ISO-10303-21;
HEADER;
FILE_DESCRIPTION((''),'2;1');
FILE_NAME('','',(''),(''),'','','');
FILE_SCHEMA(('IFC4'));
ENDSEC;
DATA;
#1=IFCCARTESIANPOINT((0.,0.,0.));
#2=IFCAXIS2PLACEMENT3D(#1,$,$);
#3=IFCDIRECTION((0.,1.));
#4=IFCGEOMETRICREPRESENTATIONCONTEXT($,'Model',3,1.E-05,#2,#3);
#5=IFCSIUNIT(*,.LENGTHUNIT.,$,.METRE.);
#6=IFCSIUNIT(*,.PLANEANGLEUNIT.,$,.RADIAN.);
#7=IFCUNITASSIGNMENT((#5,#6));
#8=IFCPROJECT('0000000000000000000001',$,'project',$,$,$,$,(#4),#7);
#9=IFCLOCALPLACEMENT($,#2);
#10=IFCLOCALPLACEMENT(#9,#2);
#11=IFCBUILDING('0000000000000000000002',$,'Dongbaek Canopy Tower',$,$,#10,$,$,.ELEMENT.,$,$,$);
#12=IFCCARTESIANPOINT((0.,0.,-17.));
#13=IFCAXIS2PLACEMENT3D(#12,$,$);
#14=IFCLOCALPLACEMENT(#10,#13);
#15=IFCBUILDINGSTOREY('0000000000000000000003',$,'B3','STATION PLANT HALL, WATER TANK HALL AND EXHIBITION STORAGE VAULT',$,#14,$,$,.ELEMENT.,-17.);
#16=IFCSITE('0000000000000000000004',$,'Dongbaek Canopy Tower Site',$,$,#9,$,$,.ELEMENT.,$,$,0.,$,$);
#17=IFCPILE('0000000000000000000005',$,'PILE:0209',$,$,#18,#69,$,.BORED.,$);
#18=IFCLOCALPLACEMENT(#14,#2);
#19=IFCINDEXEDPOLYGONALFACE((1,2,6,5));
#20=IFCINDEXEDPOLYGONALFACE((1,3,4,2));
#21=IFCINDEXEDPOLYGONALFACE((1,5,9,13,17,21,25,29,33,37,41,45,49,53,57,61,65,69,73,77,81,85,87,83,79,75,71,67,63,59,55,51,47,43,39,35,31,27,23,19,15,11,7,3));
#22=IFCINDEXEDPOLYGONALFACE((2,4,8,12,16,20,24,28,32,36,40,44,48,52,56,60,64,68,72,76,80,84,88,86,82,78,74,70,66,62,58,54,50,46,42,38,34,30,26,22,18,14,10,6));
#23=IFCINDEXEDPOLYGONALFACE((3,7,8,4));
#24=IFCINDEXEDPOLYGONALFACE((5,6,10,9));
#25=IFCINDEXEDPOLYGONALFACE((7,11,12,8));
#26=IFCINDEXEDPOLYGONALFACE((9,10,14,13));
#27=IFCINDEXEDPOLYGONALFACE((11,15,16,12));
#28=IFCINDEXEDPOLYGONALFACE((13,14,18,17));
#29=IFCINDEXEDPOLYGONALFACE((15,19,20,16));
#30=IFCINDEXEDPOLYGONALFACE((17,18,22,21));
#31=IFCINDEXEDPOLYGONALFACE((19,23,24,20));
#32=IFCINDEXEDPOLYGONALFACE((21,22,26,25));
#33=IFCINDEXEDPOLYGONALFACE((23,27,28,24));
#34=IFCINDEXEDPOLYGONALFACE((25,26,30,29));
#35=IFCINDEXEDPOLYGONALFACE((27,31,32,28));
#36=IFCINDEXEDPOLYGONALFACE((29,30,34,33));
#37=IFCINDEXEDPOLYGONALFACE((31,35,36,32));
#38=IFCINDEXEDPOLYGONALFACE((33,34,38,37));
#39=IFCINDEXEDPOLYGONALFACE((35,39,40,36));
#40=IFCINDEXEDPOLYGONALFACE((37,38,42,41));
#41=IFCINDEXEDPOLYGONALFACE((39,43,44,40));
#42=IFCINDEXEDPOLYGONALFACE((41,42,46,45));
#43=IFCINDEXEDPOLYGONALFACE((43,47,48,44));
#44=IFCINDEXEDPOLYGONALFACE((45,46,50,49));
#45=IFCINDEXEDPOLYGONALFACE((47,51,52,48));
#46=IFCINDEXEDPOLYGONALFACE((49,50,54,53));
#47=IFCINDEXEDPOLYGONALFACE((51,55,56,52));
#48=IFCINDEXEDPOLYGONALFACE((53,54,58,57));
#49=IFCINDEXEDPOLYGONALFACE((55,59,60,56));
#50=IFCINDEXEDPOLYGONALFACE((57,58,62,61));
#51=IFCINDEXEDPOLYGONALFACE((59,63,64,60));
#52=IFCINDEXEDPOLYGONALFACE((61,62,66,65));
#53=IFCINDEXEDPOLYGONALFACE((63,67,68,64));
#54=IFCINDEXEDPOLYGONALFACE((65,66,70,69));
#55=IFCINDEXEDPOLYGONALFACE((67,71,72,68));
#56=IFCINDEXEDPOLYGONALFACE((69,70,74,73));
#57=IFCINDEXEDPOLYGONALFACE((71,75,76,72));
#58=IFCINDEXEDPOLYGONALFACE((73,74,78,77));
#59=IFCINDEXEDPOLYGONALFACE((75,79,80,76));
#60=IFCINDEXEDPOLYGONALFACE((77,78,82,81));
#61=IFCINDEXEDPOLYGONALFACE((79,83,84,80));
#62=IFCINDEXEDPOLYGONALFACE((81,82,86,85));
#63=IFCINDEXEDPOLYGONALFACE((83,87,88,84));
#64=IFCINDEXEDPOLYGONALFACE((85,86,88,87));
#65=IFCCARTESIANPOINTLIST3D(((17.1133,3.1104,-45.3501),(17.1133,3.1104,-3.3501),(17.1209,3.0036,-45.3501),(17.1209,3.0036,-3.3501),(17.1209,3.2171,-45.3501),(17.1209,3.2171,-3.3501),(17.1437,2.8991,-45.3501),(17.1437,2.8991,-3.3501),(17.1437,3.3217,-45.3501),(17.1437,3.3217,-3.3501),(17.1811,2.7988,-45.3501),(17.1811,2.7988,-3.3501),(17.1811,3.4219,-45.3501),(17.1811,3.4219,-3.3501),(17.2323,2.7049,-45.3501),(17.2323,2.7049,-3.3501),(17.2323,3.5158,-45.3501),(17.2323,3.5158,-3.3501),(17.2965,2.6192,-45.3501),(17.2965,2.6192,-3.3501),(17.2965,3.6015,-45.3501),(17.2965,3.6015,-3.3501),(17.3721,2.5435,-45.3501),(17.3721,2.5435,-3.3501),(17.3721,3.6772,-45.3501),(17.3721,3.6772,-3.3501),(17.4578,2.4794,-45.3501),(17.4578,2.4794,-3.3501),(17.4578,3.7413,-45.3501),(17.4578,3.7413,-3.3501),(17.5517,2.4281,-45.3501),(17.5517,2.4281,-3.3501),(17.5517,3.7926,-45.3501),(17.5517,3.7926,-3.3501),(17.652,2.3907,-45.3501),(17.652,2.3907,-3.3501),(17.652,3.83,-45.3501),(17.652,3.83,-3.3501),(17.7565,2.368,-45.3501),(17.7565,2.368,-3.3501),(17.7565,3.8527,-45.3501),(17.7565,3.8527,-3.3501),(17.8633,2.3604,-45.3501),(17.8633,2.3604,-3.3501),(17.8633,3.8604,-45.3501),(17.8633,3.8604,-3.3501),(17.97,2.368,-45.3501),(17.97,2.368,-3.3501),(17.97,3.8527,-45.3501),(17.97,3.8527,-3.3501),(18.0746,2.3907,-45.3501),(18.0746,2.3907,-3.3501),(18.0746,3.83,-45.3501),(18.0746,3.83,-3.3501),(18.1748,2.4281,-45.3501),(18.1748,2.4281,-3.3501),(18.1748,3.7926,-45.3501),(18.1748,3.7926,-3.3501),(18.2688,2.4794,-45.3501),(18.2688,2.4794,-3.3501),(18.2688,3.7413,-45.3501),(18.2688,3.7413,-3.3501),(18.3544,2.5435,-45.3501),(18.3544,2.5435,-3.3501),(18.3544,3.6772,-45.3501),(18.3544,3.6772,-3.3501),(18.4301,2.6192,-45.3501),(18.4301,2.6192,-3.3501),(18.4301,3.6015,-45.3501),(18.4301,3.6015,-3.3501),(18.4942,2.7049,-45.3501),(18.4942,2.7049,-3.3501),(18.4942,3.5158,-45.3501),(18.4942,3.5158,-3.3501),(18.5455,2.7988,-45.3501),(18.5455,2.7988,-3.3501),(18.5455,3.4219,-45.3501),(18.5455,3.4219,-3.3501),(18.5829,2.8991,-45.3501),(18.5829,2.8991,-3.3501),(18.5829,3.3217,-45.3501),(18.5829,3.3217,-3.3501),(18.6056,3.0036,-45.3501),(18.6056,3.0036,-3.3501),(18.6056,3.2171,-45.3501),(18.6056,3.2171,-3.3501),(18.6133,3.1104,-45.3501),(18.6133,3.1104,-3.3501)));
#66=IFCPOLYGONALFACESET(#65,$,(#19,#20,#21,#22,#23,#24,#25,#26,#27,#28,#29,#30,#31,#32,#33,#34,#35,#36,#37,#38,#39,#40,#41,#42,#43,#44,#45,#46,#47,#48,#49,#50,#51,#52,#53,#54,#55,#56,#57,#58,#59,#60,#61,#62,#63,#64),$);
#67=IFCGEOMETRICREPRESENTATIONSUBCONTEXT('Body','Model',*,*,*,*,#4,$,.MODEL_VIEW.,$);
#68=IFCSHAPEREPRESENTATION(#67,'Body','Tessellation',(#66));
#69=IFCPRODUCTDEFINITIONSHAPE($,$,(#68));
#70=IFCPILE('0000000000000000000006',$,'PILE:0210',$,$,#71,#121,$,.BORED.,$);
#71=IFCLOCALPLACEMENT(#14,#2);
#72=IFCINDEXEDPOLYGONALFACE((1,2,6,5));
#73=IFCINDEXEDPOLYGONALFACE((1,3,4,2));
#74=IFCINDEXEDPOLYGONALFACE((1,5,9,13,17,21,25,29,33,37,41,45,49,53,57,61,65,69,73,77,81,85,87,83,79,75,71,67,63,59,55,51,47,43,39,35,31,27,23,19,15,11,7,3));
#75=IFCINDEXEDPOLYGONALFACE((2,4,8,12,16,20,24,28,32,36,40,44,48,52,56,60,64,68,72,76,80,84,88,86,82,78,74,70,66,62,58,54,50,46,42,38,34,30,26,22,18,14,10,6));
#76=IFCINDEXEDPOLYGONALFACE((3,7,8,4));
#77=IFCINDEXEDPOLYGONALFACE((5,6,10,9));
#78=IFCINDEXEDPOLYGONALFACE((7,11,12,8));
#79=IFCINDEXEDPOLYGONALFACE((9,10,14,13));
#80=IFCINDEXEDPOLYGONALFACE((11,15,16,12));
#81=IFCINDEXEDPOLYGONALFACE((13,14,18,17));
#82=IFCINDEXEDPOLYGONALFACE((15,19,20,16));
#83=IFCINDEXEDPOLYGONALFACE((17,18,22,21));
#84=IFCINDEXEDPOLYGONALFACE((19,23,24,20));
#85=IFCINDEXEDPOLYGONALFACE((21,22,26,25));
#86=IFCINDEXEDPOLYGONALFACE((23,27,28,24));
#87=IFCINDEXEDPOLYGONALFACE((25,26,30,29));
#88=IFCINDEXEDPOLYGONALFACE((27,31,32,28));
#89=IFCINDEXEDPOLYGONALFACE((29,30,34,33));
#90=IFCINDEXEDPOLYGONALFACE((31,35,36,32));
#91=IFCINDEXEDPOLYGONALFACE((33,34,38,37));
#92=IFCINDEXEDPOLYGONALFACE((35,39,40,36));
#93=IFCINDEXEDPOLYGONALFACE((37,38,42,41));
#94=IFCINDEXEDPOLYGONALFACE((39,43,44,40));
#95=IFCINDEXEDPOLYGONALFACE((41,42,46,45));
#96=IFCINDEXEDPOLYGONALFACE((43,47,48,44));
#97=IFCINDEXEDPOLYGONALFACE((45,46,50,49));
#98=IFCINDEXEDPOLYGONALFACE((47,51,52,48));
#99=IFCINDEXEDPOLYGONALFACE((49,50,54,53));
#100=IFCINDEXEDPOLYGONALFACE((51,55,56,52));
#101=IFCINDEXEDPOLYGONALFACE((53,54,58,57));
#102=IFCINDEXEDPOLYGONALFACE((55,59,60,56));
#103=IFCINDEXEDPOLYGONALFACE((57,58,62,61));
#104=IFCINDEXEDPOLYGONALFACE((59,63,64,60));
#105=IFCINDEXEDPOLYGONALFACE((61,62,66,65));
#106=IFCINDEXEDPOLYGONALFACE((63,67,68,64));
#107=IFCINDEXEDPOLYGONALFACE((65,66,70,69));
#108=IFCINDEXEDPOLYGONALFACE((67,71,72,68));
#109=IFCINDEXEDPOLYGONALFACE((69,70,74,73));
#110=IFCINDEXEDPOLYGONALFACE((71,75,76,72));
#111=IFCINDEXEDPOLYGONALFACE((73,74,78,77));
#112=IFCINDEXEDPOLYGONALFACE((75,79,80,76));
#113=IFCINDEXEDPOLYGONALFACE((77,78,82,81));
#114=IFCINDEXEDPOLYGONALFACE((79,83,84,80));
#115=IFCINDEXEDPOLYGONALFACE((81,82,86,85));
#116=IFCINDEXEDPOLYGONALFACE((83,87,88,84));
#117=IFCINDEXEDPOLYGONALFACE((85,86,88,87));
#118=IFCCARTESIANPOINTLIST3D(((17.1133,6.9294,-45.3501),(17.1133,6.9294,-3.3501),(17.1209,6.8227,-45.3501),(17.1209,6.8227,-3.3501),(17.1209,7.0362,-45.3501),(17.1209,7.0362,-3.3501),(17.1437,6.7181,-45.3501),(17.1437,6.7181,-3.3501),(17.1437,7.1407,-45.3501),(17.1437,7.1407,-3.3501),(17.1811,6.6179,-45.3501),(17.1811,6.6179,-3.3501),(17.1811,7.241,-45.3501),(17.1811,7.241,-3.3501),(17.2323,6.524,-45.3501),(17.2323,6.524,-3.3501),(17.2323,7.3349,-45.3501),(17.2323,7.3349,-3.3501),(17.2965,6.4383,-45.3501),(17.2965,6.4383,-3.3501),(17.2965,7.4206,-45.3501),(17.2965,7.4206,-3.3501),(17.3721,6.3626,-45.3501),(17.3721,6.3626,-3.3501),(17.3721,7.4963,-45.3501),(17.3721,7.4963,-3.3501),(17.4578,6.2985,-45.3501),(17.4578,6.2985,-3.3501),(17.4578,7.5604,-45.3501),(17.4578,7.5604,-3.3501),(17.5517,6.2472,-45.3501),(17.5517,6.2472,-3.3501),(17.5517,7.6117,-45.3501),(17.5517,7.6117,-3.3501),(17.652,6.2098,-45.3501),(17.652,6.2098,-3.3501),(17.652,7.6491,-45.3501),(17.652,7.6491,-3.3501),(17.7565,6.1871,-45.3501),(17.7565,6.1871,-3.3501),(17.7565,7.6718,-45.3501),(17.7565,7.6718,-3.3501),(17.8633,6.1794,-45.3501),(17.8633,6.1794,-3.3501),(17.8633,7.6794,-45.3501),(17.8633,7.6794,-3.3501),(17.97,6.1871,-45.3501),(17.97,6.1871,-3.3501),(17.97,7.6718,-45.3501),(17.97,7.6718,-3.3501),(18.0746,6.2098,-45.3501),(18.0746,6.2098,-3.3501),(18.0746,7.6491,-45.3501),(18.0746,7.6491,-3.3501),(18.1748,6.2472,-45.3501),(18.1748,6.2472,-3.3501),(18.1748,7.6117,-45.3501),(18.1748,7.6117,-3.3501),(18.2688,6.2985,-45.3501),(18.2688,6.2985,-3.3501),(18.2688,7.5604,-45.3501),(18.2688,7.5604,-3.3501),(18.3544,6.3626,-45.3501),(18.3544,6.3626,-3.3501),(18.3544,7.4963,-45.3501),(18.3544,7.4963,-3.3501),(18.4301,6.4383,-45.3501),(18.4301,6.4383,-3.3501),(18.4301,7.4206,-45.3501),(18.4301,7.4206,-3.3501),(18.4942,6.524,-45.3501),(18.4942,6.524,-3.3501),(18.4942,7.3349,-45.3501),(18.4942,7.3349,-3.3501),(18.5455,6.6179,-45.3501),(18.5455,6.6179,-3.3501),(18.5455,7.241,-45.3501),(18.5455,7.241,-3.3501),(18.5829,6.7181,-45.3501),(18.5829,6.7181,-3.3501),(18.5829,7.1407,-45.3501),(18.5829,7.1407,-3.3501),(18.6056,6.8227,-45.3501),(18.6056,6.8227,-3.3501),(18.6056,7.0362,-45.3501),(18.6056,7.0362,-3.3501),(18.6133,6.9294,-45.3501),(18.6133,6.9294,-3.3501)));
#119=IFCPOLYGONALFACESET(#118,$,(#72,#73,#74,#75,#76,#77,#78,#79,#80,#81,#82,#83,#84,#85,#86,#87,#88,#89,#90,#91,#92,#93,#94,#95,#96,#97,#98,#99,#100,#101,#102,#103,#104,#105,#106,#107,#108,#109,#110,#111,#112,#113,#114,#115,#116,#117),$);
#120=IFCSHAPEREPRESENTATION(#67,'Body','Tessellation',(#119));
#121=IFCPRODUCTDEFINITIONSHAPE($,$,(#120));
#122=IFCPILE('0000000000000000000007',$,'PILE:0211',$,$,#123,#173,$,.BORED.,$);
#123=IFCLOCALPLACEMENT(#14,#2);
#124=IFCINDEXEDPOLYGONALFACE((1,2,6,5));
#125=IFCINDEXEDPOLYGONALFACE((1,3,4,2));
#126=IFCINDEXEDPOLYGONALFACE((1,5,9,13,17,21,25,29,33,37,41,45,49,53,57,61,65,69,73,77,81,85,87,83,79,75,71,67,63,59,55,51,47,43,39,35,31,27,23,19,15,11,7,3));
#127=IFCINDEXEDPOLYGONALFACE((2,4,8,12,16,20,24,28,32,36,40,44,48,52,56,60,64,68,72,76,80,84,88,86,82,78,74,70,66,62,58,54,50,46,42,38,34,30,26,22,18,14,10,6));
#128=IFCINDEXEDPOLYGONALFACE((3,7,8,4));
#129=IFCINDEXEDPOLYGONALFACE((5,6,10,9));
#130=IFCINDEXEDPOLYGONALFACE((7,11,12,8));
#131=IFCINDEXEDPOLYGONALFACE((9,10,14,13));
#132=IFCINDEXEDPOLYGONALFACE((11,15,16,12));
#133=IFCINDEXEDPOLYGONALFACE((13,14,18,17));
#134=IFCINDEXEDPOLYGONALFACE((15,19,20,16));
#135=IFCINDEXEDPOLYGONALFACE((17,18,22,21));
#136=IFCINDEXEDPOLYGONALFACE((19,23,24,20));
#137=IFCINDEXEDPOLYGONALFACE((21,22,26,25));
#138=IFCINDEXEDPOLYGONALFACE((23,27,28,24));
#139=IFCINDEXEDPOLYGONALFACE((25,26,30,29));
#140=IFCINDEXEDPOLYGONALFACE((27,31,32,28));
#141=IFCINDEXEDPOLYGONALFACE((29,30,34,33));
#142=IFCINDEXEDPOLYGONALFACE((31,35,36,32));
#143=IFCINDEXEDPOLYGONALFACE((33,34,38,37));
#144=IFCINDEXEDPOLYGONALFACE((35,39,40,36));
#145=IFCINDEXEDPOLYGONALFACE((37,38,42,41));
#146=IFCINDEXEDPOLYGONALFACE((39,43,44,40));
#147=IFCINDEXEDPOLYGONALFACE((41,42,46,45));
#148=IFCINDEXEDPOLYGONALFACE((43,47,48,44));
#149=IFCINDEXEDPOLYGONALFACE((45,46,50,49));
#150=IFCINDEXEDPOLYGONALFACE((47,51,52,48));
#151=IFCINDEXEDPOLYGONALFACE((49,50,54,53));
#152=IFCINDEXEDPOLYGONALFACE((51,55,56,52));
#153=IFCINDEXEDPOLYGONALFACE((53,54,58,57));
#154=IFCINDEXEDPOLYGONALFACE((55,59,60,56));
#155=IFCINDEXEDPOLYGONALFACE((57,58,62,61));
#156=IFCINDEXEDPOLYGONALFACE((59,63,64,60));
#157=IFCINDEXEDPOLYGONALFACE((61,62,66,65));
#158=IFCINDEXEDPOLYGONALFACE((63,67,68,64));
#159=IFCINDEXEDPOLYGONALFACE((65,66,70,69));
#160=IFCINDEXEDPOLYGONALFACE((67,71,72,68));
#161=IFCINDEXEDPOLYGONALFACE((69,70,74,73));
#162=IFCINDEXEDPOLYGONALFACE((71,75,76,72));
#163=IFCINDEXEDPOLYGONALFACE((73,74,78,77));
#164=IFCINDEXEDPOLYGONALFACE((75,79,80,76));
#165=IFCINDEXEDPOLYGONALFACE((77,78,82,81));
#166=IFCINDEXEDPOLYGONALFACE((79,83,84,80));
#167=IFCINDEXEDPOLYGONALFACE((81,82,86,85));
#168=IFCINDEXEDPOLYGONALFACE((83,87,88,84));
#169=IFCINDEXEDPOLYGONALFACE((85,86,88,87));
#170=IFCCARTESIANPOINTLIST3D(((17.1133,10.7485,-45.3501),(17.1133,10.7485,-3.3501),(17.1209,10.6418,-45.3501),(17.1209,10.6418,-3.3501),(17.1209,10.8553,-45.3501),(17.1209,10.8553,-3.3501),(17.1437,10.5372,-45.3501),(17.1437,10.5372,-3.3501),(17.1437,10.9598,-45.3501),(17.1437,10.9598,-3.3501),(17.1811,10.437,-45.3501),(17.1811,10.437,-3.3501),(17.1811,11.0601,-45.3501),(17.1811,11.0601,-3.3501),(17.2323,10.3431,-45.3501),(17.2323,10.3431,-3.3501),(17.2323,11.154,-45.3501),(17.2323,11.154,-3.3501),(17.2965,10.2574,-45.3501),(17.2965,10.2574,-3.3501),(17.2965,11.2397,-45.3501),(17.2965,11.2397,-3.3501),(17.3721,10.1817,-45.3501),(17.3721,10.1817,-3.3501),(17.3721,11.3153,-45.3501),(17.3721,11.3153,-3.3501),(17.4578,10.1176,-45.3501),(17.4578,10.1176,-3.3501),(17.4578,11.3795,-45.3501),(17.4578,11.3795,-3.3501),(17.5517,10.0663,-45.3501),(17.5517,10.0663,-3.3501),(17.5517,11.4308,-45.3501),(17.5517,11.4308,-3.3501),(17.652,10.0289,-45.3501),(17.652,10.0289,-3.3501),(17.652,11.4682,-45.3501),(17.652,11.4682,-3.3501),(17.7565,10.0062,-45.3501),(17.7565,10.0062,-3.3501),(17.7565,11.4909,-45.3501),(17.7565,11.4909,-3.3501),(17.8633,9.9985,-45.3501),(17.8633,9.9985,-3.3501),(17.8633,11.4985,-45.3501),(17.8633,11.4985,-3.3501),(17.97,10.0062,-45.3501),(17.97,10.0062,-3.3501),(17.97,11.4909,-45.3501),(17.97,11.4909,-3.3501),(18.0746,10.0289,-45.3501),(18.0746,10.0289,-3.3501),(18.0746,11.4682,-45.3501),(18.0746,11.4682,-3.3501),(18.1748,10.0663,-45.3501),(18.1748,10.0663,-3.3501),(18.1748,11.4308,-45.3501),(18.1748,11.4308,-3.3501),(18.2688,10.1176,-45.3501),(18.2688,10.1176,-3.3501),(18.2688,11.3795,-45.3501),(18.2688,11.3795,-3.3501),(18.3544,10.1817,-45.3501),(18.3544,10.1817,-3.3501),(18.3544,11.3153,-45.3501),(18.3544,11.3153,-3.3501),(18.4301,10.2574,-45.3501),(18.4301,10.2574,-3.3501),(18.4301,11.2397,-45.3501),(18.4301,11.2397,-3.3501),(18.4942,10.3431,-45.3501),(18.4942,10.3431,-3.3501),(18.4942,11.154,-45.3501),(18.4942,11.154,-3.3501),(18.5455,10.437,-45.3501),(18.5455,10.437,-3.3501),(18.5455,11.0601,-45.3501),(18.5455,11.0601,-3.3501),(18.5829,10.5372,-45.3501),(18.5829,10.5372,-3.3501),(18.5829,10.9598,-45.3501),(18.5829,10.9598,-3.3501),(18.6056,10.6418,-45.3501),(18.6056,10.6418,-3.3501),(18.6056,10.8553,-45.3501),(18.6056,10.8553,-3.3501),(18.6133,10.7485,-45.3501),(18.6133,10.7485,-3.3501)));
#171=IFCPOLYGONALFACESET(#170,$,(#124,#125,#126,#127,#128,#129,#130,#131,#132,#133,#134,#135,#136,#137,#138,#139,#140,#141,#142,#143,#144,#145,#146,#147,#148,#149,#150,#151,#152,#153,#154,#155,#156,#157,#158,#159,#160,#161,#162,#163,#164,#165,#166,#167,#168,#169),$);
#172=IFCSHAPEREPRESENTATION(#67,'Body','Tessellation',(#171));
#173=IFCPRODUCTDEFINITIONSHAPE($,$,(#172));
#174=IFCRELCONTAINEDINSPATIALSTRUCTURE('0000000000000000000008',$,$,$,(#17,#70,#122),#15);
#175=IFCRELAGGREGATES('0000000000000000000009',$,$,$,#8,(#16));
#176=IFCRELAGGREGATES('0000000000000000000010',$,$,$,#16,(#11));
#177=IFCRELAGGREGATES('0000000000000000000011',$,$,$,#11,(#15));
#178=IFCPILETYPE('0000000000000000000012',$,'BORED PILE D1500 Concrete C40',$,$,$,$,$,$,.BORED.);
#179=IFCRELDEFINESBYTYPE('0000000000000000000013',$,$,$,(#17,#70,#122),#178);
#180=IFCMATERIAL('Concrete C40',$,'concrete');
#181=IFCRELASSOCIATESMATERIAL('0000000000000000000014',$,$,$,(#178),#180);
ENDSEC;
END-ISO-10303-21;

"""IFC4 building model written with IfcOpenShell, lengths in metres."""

from ifc_helpers import new_model, si_unit, direction, frame, origin, origin_2d, place, context, subcontext, project, spatial, circle, extrude, material, material_profile, profile_set, type_object, element, save


model = new_model("IFC4")

# Units and contexts
model_context = context("Model", 3, precision=1e-05, world=origin(), true_north=direction((0.0, 1.0)))
body_context = subcontext(model_context, "Body", "Model", "MODEL_VIEW")
ifc_project = project(units=[si_unit("LENGTHUNIT", "METRE"), si_unit("PLANEANGLEUNIT", "RADIAN")], contexts=[model_context])

# Site, building, storey
site_placement = place(None, origin())
site = spatial("IfcSite", under=ifc_project, at=site_placement, Name="Dongbaek Canopy Tower Site", CompositionType="ELEMENT", RefElevation=0.0)
building_placement = place(site_placement, origin())
building = spatial("IfcBuilding", under=site, at=building_placement, Name="Dongbaek Canopy Tower", CompositionType="ELEMENT")
storey_placement = place(building_placement, frame((0.0, 0.0, -17.0)))
storey = spatial("IfcBuildingStorey", under=building, at=storey_placement, Name="B3", Description="STATION PLANT HALL, WATER TANK HALL AND EXHIBITION STORAGE VAULT", CompositionType="ELEMENT", Elevation=-17.0)

# Piles
ifc_material_1 = material(Name="Concrete C40", Category="concrete")
ifc_material_profile_1 = material_profile(ifc_material_1, circle(Radius=0.75, at=origin_2d()), Name="BORED PILE D1500 Concrete C40")
ifc_profile_set_1 = profile_set([ifc_material_profile_1], Name="Concrete C40")
pile_type = type_object("IfcPileType", Name="BORED PILE D1500 Concrete C40", PredefinedType="BORED", material=ifc_profile_set_1)
for number, where, z_axis, x_axis, name in (
    (1, (17.8633, 3.1104, -3.3501), (0.0, 0.0, -1.0), (1.0, 0.0, 0.0), "PILE:0209"),
    (2, (17.8633, 6.9294, -3.3501), (0.0, 0.0, -1.0), (1.0, 0.0, 0.0), "PILE:0210"),
    (3, (17.8633, 10.7485, -3.3501), (0.0, 0.0, -1.0), (1.0, 0.0, 0.0), "PILE:0211"),
):
    element("IfcPile", number, at=place(storey_placement, frame(where, z_axis=z_axis, x_axis=x_axis)), inside=storey, type_object=pile_type, Name=name, PredefinedType="BORED", context=body_context, shape_type="SweptSolid", body=[
        extrude(circle(Radius=0.75, at=origin_2d()), origin(), (0.0, 0.0, 1.0), 42.0),
    ])

save(model, "model.ifc")
